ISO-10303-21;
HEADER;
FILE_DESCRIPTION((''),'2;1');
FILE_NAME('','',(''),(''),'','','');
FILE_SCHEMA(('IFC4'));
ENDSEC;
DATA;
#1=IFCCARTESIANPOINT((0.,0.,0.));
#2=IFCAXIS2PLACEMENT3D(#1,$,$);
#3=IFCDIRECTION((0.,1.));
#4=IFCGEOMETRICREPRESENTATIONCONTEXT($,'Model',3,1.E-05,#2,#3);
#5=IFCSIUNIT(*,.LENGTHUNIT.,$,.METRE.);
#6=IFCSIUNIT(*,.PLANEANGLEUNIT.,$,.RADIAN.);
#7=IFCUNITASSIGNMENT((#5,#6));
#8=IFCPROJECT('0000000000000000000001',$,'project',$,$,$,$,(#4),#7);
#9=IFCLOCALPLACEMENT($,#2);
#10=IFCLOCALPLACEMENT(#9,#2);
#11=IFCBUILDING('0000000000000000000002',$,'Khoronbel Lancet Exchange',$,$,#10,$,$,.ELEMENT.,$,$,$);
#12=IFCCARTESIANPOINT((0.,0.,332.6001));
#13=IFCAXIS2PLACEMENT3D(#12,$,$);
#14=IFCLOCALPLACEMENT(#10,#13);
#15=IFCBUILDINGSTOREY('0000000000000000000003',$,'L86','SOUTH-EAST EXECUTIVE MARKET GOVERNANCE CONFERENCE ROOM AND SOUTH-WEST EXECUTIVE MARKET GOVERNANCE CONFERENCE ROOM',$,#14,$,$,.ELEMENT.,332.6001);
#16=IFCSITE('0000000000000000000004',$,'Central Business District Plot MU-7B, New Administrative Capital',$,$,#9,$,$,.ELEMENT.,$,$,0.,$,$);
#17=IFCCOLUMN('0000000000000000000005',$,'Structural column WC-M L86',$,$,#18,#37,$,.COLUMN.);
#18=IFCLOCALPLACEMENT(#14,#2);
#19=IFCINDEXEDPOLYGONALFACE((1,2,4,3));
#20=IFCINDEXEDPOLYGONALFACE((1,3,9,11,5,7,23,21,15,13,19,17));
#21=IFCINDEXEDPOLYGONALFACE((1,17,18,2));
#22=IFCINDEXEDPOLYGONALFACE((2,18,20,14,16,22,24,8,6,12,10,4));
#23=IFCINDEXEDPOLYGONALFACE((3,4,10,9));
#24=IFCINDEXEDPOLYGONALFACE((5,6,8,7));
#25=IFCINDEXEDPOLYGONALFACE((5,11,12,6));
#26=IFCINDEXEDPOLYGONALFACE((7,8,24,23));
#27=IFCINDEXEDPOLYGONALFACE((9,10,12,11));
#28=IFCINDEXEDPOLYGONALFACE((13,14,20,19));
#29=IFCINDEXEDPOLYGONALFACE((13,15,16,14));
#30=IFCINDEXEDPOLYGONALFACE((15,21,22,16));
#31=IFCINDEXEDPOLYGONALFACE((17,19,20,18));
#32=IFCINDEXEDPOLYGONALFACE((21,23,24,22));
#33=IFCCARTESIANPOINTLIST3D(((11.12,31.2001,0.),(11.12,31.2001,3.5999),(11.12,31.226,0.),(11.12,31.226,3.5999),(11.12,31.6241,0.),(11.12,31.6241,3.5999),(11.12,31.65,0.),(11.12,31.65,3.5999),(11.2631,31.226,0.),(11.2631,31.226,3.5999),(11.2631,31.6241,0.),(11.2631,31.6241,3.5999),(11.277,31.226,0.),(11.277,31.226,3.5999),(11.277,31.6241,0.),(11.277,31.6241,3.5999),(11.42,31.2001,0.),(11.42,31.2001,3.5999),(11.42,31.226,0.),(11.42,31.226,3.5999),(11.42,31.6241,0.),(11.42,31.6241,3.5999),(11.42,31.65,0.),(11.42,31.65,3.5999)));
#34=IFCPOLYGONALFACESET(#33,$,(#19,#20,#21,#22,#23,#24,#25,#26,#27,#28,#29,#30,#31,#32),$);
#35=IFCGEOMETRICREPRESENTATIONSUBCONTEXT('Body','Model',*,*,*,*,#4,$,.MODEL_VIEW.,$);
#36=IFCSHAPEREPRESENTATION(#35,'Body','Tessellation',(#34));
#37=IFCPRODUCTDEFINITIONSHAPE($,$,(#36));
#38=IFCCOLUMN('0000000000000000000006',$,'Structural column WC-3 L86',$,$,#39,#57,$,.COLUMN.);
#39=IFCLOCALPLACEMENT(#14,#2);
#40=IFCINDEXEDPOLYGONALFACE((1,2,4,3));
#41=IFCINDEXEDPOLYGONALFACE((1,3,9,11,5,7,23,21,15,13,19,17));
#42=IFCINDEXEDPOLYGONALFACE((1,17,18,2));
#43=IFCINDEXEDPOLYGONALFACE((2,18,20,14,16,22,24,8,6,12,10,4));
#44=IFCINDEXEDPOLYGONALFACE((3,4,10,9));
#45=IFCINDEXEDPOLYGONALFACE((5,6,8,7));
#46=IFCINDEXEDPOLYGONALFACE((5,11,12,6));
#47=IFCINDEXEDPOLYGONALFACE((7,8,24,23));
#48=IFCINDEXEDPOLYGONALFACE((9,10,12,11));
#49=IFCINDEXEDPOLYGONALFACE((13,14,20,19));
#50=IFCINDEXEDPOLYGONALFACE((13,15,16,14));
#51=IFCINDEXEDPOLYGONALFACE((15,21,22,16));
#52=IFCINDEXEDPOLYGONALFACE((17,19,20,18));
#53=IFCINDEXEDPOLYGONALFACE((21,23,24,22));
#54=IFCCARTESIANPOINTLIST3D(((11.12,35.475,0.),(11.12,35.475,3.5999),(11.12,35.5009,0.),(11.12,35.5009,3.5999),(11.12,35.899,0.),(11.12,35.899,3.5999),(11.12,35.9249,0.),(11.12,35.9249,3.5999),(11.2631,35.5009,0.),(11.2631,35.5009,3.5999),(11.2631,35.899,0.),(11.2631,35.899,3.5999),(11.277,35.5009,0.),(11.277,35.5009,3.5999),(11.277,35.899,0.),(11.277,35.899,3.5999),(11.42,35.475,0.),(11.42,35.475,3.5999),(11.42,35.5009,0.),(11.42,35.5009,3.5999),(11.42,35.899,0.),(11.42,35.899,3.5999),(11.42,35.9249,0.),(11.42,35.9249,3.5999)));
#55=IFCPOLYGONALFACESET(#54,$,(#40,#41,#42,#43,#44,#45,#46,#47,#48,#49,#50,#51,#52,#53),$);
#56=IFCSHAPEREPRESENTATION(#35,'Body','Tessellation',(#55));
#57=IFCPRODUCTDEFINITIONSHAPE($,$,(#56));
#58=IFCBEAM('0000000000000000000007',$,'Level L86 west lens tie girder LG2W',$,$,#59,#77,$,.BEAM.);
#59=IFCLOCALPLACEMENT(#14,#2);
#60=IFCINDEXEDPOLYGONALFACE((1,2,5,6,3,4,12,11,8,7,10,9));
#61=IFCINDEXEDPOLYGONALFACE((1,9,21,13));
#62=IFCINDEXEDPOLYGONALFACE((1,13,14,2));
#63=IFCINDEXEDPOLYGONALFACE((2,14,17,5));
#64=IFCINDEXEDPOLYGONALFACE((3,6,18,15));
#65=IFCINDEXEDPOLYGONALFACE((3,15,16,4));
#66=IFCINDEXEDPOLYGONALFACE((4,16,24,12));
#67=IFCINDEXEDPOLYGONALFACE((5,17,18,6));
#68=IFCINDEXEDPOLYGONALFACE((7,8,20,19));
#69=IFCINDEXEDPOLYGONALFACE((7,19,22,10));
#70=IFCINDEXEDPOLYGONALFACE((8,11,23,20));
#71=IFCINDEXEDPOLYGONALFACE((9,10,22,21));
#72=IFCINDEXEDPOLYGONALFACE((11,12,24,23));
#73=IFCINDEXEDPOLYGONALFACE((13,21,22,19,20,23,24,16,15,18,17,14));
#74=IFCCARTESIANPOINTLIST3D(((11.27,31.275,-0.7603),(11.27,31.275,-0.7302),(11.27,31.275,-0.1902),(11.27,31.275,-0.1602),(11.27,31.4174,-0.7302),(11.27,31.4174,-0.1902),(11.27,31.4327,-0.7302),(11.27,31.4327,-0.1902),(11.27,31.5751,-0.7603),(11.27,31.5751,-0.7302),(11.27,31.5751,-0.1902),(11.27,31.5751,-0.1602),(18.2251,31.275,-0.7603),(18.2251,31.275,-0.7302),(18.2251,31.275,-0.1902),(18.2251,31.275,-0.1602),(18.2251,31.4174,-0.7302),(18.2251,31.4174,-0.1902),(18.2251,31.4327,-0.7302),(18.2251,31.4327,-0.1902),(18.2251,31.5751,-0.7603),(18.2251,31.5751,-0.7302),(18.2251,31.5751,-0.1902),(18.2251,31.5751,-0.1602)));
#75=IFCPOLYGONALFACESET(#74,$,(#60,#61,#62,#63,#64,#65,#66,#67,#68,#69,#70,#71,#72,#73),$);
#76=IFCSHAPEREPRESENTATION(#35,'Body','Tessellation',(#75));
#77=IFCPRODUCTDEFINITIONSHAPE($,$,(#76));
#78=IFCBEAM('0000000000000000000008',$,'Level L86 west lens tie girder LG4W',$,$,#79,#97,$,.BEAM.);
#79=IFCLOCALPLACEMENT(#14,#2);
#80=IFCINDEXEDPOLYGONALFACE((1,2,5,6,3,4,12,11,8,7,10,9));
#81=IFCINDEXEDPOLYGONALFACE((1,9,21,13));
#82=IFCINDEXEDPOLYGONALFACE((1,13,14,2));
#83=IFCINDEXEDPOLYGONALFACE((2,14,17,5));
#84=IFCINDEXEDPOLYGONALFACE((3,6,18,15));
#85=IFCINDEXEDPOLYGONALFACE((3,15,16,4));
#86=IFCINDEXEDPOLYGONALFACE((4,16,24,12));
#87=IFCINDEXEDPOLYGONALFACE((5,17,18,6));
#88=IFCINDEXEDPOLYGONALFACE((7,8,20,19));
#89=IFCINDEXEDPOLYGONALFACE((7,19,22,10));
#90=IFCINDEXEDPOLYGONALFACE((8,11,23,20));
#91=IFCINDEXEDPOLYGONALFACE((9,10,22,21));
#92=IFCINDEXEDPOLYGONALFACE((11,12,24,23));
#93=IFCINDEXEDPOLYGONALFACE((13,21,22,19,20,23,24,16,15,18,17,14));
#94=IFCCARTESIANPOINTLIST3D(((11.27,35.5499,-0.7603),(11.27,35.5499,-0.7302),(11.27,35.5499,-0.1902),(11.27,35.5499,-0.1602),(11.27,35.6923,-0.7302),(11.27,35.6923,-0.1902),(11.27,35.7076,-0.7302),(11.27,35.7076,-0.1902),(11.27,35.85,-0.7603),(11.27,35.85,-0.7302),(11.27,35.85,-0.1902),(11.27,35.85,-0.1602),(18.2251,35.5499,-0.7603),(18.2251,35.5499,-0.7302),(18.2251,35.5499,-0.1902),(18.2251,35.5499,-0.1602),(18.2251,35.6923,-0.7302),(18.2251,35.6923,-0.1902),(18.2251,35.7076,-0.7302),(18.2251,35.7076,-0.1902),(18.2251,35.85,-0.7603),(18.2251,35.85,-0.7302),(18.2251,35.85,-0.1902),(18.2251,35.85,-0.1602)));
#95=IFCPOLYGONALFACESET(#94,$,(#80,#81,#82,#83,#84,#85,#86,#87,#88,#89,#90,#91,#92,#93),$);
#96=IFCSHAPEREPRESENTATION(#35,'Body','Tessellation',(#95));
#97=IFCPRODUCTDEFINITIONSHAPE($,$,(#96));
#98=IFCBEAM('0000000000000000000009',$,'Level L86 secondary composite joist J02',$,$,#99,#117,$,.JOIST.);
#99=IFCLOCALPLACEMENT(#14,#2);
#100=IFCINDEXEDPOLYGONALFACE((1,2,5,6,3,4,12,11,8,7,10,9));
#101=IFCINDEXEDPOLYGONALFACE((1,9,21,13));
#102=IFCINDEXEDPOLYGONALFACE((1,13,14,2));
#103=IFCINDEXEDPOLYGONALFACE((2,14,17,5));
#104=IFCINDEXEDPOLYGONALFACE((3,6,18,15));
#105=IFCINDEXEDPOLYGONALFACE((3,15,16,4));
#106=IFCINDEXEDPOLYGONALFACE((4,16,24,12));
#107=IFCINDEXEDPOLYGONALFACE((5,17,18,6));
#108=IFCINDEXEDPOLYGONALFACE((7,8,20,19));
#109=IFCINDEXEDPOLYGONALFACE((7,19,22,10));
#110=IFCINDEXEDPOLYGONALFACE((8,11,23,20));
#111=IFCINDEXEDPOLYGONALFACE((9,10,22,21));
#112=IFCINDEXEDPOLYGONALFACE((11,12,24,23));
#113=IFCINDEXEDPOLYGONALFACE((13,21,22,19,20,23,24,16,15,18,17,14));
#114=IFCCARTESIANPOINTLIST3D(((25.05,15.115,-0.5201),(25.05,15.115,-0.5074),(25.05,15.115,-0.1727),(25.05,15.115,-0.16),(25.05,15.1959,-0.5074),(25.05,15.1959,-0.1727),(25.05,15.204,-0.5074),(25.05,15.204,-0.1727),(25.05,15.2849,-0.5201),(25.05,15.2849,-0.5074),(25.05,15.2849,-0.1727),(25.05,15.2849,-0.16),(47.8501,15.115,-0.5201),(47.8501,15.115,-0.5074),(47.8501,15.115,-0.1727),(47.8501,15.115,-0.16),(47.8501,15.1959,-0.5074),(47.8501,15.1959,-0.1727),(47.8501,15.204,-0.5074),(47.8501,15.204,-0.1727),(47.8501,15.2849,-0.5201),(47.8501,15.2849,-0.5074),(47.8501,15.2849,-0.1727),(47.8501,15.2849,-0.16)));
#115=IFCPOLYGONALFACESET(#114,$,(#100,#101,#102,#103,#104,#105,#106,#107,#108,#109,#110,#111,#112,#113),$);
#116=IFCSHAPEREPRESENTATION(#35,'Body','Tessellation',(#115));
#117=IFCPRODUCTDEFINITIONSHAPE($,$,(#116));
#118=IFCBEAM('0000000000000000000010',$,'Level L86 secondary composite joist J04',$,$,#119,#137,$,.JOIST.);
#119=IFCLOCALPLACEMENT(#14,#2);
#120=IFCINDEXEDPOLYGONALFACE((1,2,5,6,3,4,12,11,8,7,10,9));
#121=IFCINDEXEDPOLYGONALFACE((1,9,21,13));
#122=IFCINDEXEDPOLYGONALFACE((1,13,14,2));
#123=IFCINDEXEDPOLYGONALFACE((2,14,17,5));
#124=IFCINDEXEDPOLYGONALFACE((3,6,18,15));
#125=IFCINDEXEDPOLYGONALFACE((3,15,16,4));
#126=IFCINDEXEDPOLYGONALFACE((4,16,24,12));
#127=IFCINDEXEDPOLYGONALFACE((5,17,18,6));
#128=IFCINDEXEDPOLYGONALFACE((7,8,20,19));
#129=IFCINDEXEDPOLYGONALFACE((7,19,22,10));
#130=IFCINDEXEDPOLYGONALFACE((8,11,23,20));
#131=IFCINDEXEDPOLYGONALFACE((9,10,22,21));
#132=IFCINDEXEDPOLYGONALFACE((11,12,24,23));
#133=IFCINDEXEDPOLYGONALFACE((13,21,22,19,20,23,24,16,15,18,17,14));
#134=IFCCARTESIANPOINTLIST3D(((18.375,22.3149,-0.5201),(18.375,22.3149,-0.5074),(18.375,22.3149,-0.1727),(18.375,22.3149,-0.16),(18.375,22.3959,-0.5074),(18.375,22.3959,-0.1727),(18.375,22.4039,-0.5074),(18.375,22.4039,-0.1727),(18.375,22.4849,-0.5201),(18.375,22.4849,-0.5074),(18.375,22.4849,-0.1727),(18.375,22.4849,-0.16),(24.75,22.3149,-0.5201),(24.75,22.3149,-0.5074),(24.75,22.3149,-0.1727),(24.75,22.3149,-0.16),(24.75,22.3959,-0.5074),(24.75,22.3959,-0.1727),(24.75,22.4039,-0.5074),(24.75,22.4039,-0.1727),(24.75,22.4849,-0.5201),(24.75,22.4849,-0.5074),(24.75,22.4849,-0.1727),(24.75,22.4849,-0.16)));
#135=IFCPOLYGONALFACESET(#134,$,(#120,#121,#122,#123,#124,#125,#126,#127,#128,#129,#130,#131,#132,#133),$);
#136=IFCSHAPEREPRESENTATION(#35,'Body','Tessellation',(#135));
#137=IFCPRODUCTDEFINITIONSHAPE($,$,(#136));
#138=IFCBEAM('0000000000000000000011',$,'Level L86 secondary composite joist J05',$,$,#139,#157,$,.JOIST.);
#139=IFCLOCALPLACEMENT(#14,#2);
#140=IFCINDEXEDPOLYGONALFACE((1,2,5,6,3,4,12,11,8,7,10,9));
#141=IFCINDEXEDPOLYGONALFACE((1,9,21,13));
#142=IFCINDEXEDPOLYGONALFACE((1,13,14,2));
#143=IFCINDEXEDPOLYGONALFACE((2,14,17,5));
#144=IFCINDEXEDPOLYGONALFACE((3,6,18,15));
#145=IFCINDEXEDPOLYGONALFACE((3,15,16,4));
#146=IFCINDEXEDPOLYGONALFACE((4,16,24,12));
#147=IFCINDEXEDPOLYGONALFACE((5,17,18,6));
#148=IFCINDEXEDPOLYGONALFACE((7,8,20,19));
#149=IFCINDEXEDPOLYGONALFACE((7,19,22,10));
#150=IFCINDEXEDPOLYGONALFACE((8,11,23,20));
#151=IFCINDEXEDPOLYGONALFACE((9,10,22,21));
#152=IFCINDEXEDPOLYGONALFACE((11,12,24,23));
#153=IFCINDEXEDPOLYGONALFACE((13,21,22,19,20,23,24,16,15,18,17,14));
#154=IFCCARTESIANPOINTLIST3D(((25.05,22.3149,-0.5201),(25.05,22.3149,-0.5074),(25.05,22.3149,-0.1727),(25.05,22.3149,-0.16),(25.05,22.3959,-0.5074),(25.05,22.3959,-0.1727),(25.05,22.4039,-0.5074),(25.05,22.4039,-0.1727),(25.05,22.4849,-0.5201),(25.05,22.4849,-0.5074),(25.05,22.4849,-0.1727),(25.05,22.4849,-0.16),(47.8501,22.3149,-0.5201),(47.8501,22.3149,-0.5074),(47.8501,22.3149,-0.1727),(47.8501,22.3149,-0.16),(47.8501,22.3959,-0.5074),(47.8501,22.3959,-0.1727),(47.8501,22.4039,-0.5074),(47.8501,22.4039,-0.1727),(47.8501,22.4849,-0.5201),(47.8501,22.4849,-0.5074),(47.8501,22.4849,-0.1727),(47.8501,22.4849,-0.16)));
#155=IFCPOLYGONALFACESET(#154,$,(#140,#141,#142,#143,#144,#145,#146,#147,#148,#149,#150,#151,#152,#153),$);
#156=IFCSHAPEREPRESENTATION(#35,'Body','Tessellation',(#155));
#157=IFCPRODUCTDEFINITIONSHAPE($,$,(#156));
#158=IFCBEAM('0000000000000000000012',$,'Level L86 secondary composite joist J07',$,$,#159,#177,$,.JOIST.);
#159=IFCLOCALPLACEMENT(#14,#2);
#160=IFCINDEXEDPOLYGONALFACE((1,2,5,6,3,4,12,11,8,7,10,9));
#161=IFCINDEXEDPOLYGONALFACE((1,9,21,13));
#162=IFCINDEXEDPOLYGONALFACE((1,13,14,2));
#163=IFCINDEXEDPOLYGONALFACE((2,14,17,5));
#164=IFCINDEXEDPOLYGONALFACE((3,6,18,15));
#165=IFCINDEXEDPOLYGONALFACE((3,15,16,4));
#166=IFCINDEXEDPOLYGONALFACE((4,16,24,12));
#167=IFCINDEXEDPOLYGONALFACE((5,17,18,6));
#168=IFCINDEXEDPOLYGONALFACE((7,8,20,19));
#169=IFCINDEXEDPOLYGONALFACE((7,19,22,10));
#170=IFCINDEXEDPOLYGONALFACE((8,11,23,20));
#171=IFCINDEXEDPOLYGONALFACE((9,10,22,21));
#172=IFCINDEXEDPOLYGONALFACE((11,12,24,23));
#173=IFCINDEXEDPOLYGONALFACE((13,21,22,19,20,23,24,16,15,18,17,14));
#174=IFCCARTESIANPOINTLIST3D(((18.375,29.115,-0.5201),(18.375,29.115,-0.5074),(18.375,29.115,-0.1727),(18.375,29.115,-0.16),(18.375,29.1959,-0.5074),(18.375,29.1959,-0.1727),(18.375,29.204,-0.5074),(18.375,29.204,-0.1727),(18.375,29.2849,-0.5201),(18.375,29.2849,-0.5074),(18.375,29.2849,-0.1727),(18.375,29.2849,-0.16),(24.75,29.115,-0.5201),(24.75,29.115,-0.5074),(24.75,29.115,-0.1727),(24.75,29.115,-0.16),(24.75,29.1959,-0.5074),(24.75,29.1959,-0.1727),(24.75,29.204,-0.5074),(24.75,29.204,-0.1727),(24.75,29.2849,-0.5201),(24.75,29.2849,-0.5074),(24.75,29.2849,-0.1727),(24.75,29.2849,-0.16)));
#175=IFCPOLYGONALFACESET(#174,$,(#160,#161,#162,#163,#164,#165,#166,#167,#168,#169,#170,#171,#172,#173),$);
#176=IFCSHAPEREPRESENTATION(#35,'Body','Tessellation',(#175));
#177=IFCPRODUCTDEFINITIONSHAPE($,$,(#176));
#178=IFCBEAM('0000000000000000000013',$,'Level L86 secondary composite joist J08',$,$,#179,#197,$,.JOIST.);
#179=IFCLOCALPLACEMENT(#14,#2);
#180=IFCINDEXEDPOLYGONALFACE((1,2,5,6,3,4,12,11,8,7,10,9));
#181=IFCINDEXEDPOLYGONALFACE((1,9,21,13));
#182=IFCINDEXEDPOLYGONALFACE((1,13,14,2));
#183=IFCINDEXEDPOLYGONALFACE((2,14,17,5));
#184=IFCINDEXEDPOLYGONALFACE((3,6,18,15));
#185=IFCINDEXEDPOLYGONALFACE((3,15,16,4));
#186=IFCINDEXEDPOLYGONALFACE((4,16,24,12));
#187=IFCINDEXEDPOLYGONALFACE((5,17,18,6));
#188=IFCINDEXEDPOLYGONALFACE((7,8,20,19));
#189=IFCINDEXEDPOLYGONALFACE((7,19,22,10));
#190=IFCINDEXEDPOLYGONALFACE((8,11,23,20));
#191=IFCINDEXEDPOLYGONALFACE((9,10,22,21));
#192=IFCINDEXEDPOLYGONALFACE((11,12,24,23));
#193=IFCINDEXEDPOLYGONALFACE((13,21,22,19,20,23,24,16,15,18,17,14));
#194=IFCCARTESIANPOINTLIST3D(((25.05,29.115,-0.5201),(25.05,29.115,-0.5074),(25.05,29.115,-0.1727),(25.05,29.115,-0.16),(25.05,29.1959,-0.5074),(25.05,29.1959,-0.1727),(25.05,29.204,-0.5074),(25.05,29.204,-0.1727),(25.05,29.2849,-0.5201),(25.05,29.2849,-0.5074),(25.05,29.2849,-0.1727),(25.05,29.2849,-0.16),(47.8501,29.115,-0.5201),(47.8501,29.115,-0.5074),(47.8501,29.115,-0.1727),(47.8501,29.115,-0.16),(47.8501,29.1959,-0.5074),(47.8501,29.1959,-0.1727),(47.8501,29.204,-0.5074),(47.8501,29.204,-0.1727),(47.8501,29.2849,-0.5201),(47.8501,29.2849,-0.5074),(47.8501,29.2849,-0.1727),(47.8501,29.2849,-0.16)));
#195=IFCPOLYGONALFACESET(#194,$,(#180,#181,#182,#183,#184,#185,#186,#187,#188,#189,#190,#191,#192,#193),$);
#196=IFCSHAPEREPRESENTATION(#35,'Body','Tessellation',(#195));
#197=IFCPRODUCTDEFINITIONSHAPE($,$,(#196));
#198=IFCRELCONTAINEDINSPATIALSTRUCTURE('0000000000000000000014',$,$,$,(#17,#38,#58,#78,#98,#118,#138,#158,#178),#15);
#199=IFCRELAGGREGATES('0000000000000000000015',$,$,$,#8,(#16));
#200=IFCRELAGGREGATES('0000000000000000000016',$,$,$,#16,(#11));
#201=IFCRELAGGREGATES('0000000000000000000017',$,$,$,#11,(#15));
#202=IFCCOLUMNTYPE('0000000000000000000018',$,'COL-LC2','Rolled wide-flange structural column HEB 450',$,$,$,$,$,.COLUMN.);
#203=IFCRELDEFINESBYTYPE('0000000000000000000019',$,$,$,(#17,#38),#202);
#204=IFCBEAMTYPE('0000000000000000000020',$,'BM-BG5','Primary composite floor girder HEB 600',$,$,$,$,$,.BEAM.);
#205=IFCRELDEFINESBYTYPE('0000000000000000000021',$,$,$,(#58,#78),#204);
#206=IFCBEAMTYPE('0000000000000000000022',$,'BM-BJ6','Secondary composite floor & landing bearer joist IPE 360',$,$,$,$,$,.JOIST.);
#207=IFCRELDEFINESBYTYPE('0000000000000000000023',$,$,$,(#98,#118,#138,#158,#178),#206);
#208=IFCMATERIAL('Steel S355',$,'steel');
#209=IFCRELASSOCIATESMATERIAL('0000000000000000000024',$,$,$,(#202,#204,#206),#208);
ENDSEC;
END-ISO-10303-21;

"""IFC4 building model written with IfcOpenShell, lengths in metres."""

from ifc_helpers import new_model, si_unit, direction, frame, origin, origin_2d, place, context, subcontext, project, spatial, i_section, extrude, material, material_profile, profile_set, type_object, element, save


model = new_model("IFC4")

# Units and contexts
model_context = context("Model", 3, precision=1e-05, world=origin(), true_north=direction((0.0, 1.0)))
body_context = subcontext(model_context, "Body", "Model", "MODEL_VIEW")
ifc_project = project(units=[si_unit("LENGTHUNIT", "METRE"), si_unit("PLANEANGLEUNIT", "RADIAN")], contexts=[model_context])

# Site, building, storey
site_placement = place(None, origin())
site = spatial("IfcSite", under=ifc_project, at=site_placement, Name="Central Business District Plot MU-7B, New Administrative Capital", CompositionType="ELEMENT", RefElevation=0.0)
building_placement = place(site_placement, origin())
building = spatial("IfcBuilding", under=site, at=building_placement, Name="Khoronbel Lancet Exchange", CompositionType="ELEMENT")
storey_placement = place(building_placement, frame((0.0, 0.0, 332.6001)))
storey = spatial("IfcBuildingStorey", under=building, at=storey_placement, Name="L86", Description="SOUTH-EAST EXECUTIVE MARKET GOVERNANCE CONFERENCE ROOM AND SOUTH-WEST EXECUTIVE MARKET GOVERNANCE CONFERENCE ROOM", CompositionType="ELEMENT", Elevation=332.6001)

# Columns
ifc_material_1 = material(Name="Steel S355", Category="steel")
ifc_material_profile_1 = material_profile(ifc_material_1, i_section(OverallWidth=0.3, OverallDepth=0.45, WebThickness=0.0139, FlangeThickness=0.0259, at=origin_2d()), Name="HEB 450")
ifc_profile_set_1 = profile_set([ifc_material_profile_1], Name="Steel S355")
column_type = type_object("IfcColumnType", Name="COL-LC2", Description="Rolled wide-flange structural column HEB 450", PredefinedType="COLUMN", material=ifc_profile_set_1)
for number, where, z_axis, x_axis, name in (
    (1, (11.27, 31.425, 0.0), (0.0, 0.0, 1.0), (1.0, 0.0, 0.0), "Structural column WC-M L86"),
    (2, (11.27, 35.7, 0.0), (0.0, 0.0, 1.0), (1.0, 0.0, 0.0), "Structural column WC-3 L86"),
):
    element("IfcColumn", number, at=place(storey_placement, frame(where, z_axis=z_axis, x_axis=x_axis)), inside=storey, type_object=column_type, Name=name, PredefinedType="COLUMN", context=body_context, shape_type="SweptSolid", body=[
        extrude(i_section(OverallWidth=0.3, OverallDepth=0.45, WebThickness=0.0139, FlangeThickness=0.0259, at=origin_2d()), origin(), (0.0, 0.0, 1.0), 3.5999),
    ])

# Beams
ifc_material_profile_2 = material_profile(ifc_material_1, i_section(OverallWidth=0.3, OverallDepth=0.6001, WebThickness=0.0154, FlangeThickness=0.03, at=origin_2d()), Name="HEB 600")
ifc_profile_set_2 = profile_set([ifc_material_profile_2], Name="Steel S355")
beam_type_1 = type_object("IfcBeamType", Name="BM-BG5", Description="Primary composite floor girder HEB 600", PredefinedType="BEAM", material=ifc_profile_set_2)
for number, where, z_axis, x_axis, name in (
    (3, (11.27, 31.425, -0.4602), (1.0, 0.0, 0.0), (0.0, 1.0, 0.0), "Level L86 west lens tie girder LG2W"),
    (4, (11.27, 35.7, -0.4602), (1.0, 0.0, 0.0), (0.0, 1.0, 0.0), "Level L86 west lens tie girder LG4W"),
):
    element("IfcBeam", number, at=place(storey_placement, frame(where, z_axis=z_axis, x_axis=x_axis)), inside=storey, type_object=beam_type_1, Name=name, PredefinedType="BEAM", context=body_context, shape_type="SweptSolid", body=[
        extrude(i_section(OverallWidth=0.3, OverallDepth=0.6001, WebThickness=0.0154, FlangeThickness=0.03, at=origin_2d()), origin(), (0.0, 0.0, 1.0), 6.9551),
    ])
ifc_material_profile_3 = material_profile(ifc_material_1, i_section(OverallWidth=0.1699, OverallDepth=0.3601, WebThickness=0.0081, FlangeThickness=0.0127, at=origin_2d()), Name="IPE 360")
ifc_profile_set_3 = profile_set([ifc_material_profile_3], Name="Steel S355")
beam_type_2 = type_object("IfcBeamType", Name="BM-BJ6", Description="Secondary composite floor & landing bearer joist IPE 360", PredefinedType="JOIST", material=ifc_profile_set_3)
beam_1_placement = place(storey_placement, frame((25.05, 15.2, -0.3401), z_axis=(1.0, 0.0, 0.0), x_axis=(0.0, 1.0, 0.0)))
element("IfcBeam", 5, at=beam_1_placement, inside=storey, type_object=beam_type_2, Name="Level L86 secondary composite joist J02", PredefinedType="JOIST", context=body_context, shape_type="SweptSolid", body=[
    extrude(i_section(OverallWidth=0.1699, OverallDepth=0.3601, WebThickness=0.0081, FlangeThickness=0.0127, at=origin_2d()), origin(), (0.0, 0.0, 1.0), 22.8),
])
beam_2_placement = place(storey_placement, frame((18.375, 22.3999, -0.3401), z_axis=(1.0, 0.0, 0.0), x_axis=(0.0, 1.0, 0.0)))
element("IfcBeam", 6, at=beam_2_placement, inside=storey, type_object=beam_type_2, Name="Level L86 secondary composite joist J04", PredefinedType="JOIST", context=body_context, shape_type="SweptSolid", body=[
    extrude(i_section(OverallWidth=0.1699, OverallDepth=0.3601, WebThickness=0.0081, FlangeThickness=0.0127, at=origin_2d()), origin(), (0.0, 0.0, 1.0), 6.375),
])
beam_3_placement = place(storey_placement, frame((25.05, 22.3999, -0.3401), z_axis=(1.0, 0.0, 0.0), x_axis=(0.0, 1.0, 0.0)))
element("IfcBeam", 7, at=beam_3_placement, inside=storey, type_object=beam_type_2, Name="Level L86 secondary composite joist J05", PredefinedType="JOIST", context=body_context, shape_type="SweptSolid", body=[
    extrude(i_section(OverallWidth=0.1699, OverallDepth=0.3601, WebThickness=0.0081, FlangeThickness=0.0127, at=origin_2d()), origin(), (0.0, 0.0, 1.0), 22.8),
])
beam_4_placement = place(storey_placement, frame((18.375, 29.2, -0.3401), z_axis=(1.0, 0.0, 0.0), x_axis=(0.0, 1.0, 0.0)))
element("IfcBeam", 8, at=beam_4_placement, inside=storey, type_object=beam_type_2, Name="Level L86 secondary composite joist J07", PredefinedType="JOIST", context=body_context, shape_type="SweptSolid", body=[
    extrude(i_section(OverallWidth=0.1699, OverallDepth=0.3601, WebThickness=0.0081, FlangeThickness=0.0127, at=origin_2d()), origin(), (0.0, 0.0, 1.0), 6.375),
])
beam_5_placement = place(storey_placement, frame((25.05, 29.2, -0.3401), z_axis=(1.0, 0.0, 0.0), x_axis=(0.0, 1.0, 0.0)))
element("IfcBeam", 9, at=beam_5_placement, inside=storey, type_object=beam_type_2, Name="Level L86 secondary composite joist J08", PredefinedType="JOIST", context=body_context, shape_type="SweptSolid", body=[
    extrude(i_section(OverallWidth=0.1699, OverallDepth=0.3601, WebThickness=0.0081, FlangeThickness=0.0127, at=origin_2d()), origin(), (0.0, 0.0, 1.0), 22.8),
])

save(model, "model.ifc")
